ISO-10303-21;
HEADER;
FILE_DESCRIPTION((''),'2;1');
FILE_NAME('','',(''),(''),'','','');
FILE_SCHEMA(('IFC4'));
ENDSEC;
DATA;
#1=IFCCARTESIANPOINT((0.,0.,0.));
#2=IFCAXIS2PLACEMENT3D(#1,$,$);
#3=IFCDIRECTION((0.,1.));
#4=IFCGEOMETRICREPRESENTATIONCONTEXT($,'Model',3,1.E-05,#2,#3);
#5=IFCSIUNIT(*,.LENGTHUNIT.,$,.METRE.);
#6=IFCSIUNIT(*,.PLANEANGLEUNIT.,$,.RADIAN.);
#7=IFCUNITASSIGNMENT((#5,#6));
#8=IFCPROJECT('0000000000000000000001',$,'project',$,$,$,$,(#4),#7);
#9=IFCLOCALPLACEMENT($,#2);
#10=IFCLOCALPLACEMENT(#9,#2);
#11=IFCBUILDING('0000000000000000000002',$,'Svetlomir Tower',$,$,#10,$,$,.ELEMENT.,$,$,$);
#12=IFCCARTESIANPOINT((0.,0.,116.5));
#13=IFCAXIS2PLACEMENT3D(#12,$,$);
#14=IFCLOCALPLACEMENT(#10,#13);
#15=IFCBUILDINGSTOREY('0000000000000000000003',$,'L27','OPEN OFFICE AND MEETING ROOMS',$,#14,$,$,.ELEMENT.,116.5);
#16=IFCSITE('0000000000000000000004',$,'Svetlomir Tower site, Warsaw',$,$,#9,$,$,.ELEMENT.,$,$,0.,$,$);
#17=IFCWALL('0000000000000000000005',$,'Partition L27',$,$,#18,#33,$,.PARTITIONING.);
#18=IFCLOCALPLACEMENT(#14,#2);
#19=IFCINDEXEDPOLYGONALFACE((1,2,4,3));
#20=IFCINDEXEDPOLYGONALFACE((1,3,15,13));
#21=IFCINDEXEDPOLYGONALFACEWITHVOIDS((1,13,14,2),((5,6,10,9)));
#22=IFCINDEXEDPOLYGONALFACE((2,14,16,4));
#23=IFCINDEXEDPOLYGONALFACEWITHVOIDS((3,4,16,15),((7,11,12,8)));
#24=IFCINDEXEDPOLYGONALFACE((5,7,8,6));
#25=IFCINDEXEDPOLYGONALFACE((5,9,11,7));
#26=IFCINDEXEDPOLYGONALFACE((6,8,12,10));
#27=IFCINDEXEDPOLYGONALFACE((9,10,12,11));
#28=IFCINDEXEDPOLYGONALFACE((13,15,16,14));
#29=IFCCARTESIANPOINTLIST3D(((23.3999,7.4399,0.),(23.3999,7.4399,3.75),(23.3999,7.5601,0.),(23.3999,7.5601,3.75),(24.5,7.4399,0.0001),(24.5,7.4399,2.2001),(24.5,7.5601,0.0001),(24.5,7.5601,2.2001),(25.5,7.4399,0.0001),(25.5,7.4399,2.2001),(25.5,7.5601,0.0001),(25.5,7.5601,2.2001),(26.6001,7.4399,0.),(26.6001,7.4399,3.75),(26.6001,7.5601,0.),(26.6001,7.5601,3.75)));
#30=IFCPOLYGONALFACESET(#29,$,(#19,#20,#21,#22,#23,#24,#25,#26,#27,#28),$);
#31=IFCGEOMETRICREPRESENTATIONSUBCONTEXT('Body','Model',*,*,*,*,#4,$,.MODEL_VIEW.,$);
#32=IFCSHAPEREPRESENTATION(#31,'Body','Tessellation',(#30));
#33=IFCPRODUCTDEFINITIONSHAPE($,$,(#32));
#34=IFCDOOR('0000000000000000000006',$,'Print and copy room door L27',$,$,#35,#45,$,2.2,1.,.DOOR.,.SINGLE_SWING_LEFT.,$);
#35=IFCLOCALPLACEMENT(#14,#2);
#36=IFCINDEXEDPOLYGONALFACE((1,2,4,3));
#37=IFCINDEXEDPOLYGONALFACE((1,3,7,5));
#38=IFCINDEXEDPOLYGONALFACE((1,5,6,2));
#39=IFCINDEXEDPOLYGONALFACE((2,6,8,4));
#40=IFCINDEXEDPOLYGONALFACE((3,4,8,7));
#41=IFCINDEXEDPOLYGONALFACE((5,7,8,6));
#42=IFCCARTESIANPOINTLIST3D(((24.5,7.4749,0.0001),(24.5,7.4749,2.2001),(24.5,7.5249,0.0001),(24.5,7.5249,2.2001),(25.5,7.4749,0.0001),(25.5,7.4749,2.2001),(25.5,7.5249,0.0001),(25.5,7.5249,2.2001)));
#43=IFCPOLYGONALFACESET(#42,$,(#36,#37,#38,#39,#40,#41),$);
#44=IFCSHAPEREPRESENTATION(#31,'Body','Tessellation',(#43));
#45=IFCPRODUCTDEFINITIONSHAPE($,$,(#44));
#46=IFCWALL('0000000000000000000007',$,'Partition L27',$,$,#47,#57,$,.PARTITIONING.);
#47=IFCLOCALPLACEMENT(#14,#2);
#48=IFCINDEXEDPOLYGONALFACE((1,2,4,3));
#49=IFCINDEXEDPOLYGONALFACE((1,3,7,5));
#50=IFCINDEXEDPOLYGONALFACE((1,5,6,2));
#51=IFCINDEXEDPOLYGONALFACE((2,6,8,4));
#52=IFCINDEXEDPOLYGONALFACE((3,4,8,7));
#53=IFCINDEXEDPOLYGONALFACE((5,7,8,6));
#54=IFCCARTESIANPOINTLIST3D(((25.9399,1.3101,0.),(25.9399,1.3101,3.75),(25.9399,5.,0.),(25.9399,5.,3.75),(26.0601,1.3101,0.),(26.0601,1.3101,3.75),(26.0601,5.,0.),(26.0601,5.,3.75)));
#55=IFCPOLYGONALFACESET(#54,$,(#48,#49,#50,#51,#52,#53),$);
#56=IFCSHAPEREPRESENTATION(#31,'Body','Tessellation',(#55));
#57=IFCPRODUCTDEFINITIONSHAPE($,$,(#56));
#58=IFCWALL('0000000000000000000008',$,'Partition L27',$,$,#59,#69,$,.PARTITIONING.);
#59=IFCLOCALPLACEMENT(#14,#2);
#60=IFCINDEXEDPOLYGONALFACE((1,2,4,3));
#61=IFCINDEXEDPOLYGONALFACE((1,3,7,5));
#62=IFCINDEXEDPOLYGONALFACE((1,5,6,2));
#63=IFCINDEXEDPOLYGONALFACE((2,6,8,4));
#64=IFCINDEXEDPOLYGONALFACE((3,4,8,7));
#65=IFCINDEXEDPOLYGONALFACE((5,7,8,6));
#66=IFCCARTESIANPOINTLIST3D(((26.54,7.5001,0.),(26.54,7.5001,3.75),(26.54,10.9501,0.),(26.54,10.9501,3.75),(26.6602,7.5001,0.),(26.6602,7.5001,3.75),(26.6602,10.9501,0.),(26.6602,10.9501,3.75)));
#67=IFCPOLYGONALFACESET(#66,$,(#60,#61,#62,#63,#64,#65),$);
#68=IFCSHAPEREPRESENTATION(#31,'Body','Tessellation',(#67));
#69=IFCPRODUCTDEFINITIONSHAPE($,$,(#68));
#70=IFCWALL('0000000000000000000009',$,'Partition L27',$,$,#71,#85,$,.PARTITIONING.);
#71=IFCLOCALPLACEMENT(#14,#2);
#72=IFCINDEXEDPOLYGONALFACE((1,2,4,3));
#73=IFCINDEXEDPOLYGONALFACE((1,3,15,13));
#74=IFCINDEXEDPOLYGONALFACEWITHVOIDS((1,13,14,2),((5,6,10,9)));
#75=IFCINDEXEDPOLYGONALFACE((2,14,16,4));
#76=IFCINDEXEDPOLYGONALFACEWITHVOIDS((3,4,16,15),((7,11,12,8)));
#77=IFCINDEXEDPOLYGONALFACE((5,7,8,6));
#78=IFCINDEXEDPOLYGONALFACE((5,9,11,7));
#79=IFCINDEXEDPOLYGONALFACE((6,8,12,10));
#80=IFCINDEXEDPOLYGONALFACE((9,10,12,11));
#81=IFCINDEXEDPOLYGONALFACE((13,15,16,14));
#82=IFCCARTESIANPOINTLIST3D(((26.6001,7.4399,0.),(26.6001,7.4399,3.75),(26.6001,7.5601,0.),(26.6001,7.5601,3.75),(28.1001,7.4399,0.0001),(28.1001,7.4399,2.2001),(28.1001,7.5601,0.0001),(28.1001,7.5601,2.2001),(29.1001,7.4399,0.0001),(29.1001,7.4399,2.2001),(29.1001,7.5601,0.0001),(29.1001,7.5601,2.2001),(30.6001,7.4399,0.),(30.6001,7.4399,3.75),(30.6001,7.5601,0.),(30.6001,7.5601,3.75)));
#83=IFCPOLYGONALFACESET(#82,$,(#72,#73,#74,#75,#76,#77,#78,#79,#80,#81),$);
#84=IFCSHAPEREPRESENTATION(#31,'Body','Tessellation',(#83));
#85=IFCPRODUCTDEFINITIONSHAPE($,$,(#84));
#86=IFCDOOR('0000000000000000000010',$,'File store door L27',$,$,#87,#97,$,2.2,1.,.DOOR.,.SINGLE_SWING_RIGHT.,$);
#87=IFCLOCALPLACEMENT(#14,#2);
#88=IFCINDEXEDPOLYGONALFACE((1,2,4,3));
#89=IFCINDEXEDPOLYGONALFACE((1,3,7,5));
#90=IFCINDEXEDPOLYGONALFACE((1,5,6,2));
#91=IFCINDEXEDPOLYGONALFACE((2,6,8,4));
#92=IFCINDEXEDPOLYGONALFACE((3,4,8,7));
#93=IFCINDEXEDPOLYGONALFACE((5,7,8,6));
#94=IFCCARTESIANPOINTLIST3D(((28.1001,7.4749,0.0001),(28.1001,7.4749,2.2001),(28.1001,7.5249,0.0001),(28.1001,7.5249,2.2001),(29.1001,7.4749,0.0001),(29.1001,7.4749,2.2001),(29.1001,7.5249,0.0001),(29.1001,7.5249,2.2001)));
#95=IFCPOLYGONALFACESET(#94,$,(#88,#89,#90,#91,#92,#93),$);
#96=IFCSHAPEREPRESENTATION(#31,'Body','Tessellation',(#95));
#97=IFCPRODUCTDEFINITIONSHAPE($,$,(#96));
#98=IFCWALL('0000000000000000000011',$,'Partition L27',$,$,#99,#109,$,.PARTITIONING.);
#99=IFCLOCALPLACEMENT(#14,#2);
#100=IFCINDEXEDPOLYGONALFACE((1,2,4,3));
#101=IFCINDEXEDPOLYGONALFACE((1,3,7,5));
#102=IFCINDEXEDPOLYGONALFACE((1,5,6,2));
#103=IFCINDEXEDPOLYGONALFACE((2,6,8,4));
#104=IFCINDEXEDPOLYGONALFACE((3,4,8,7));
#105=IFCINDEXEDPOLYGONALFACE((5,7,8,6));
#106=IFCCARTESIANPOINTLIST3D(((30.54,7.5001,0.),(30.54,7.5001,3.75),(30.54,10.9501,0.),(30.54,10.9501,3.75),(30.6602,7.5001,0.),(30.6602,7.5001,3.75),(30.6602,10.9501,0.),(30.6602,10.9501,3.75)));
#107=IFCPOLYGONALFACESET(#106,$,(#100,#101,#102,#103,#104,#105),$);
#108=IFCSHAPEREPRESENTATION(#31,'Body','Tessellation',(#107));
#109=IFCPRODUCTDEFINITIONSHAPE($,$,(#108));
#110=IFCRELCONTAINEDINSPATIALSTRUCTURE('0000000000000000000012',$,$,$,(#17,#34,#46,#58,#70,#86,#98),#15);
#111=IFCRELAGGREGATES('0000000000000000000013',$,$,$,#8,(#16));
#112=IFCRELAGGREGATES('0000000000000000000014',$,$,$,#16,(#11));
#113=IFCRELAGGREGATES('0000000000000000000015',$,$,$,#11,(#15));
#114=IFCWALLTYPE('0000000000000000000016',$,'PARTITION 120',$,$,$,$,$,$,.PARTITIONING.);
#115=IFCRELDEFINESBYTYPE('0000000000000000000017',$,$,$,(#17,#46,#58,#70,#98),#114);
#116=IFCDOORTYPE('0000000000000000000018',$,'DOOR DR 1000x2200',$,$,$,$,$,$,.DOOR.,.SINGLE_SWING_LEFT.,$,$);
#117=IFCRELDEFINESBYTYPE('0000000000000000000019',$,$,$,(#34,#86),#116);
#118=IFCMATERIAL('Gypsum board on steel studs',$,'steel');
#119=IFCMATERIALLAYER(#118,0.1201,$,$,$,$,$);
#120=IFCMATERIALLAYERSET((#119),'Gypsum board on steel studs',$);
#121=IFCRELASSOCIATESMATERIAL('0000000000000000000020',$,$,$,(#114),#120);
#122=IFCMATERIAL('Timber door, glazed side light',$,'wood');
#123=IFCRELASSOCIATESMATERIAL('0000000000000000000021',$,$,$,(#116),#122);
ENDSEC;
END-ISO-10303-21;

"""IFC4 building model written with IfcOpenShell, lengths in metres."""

from ifc_helpers import new_model, si_unit, direction, frame, frame_2d, origin, place, context, subcontext, project, spatial, rectangle, extrude, material, layer, layer_set, type_object, element, fill, save


model = new_model("IFC4")

# Units and contexts
model_context = context("Model", 3, precision=1e-05, world=origin(), true_north=direction((0.0, 1.0)))
body_context = subcontext(model_context, "Body", "Model", "MODEL_VIEW")
ifc_project = project(units=[si_unit("LENGTHUNIT", "METRE"), si_unit("PLANEANGLEUNIT", "RADIAN")], contexts=[model_context])

# Site, building, storey
site_placement = place(None, origin())
site = spatial("IfcSite", under=ifc_project, at=site_placement, Name="Svetlomir Tower site, Warsaw", CompositionType="ELEMENT", RefElevation=0.0)
building_placement = place(site_placement, origin())
building = spatial("IfcBuilding", under=site, at=building_placement, Name="Svetlomir Tower", CompositionType="ELEMENT")
storey_placement = place(building_placement, frame((0.0, 0.0, 116.5)))
storey = spatial("IfcBuildingStorey", under=building, at=storey_placement, Name="L27", Description="OPEN OFFICE AND MEETING ROOMS", CompositionType="ELEMENT", Elevation=116.5)

# Shared definitions
ifc_material_1 = material(Name="Gypsum board on steel studs", Category="steel")
ifc_layer_1 = layer(ifc_material_1, 0.1201)
ifc_layer_set_1 = layer_set([ifc_layer_1], Name="Gypsum board on steel studs")
wall_type_1 = type_object("IfcWallType", Name="PARTITION 120", PredefinedType="PARTITIONING", material=ifc_layer_set_1)

# Shared definitions
ifc_material_2 = material(Name="Timber door, glazed side light", Category="wood")
door_type_1 = type_object("IfcDoorType", Name="DOOR DR 1000x2200", OperationType="SINGLE_SWING_LEFT", PredefinedType="DOOR", material=ifc_material_2)

# Wall, opening, door
wall_1_placement = place(storey_placement, frame((23.3999, 7.5, 0.0), z_axis=(0.0, 0.0, 1.0), x_axis=(1.0, 0.0, 0.0)))
wall_1 = element("IfcWall", 1, at=wall_1_placement, inside=storey, type_object=wall_type_1, Name="Partition L27", PredefinedType="PARTITIONING", context=body_context, shape_type="SweptSolid", body=[
    extrude(rectangle(XDim=3.2002, YDim=0.1201, at=frame_2d((1.6001, 0.0))), origin(), (0.0, 0.0, 1.0), 3.75),
])
opening_1_placement = place(wall_1_placement, frame((1.1001, 0.0, 0.0)))
opening_1 = element("IfcOpeningElement", 2, at=opening_1_placement, cuts=wall_1, PredefinedType="OPENING", context=body_context, shape_type="SweptSolid", body=[
    extrude(rectangle(XDim=1.0, YDim=2.2, at=frame_2d((0.5, 1.1001))), frame((0.0, 0.0701, 0.0), z_axis=(0.0, -1.0, 0.0), x_axis=(1.0, 0.0, 0.0)), (0.0, 0.0, 1.0), 0.1401),
])
door_1_placement = place(opening_1_placement, origin())
door_1 = element("IfcDoor", 3, at=door_1_placement, inside=storey, type_object=door_type_1, Name="Print and copy room door L27", OperationType="SINGLE_SWING_LEFT", OverallHeight=2.2, OverallWidth=1.0, PredefinedType="DOOR", context=body_context, shape_type="SweptSolid", body=[
    extrude(rectangle(XDim=1.0, YDim=2.2, at=frame_2d((0.5, 1.1001))), frame((0.0, 0.0249, 0.0), z_axis=(0.0, -1.0, 0.0), x_axis=(1.0, 0.0, 0.0)), (0.0, 0.0, 1.0), 0.05),
])
fill(opening_1, door_1)

# Walls
wall_2_placement = place(storey_placement, frame((26.0, 1.3101, 0.0), z_axis=(0.0, 0.0, 1.0), x_axis=(0.0, 1.0, 0.0)))
element("IfcWall", 4, at=wall_2_placement, inside=storey, type_object=wall_type_1, Name="Partition L27", PredefinedType="PARTITIONING", context=body_context, shape_type="SweptSolid", body=[
    extrude(rectangle(XDim=3.6899, YDim=0.1201, at=frame_2d((1.845, 0.0))), origin(), (0.0, 0.0, 1.0), 3.75),
])
wall_3_placement = place(storey_placement, frame((26.6001, 7.5, 0.0), z_axis=(0.0, 0.0, 1.0), x_axis=(0.0, 1.0, 0.0)))
element("IfcWall", 5, at=wall_3_placement, inside=storey, type_object=wall_type_1, Name="Partition L27", PredefinedType="PARTITIONING", context=body_context, shape_type="SweptSolid", body=[
    extrude(rectangle(XDim=3.45, YDim=0.1201, at=frame_2d((1.7251, 0.0))), origin(), (0.0, 0.0, 1.0), 3.75),
])

# Wall, opening, door
wall_4_placement = place(storey_placement, frame((26.6001, 7.5, 0.0), z_axis=(0.0, 0.0, 1.0), x_axis=(1.0, 0.0, 0.0)))
wall_4 = element("IfcWall", 6, at=wall_4_placement, inside=storey, type_object=wall_type_1, Name="Partition L27", PredefinedType="PARTITIONING", context=body_context, shape_type="SweptSolid", body=[
    extrude(rectangle(XDim=4.0, YDim=0.1201, at=frame_2d((2.0, 0.0))), origin(), (0.0, 0.0, 1.0), 3.75),
])
opening_2_placement = place(wall_4_placement, frame((1.5, 0.0, 0.0)))
opening_2 = element("IfcOpeningElement", 7, at=opening_2_placement, cuts=wall_4, PredefinedType="OPENING", context=body_context, shape_type="SweptSolid", body=[
    extrude(rectangle(XDim=1.0, YDim=2.2, at=frame_2d((0.5, 1.1001))), frame((0.0, 0.0701, 0.0), z_axis=(0.0, -1.0, 0.0), x_axis=(1.0, 0.0, 0.0)), (0.0, 0.0, 1.0), 0.1401),
])
door_2_placement = place(opening_2_placement, origin())
door_2 = element("IfcDoor", 8, at=door_2_placement, inside=storey, type_object=door_type_1, Name="File store door L27", OperationType="SINGLE_SWING_RIGHT", OverallHeight=2.2, OverallWidth=1.0, PredefinedType="DOOR", context=body_context, shape_type="SweptSolid", body=[
    extrude(rectangle(XDim=1.0, YDim=2.2, at=frame_2d((0.5, 1.1001))), frame((0.0, 0.0249, 0.0), z_axis=(0.0, -1.0, 0.0), x_axis=(1.0, 0.0, 0.0)), (0.0, 0.0, 1.0), 0.05),
])
fill(opening_2, door_2)

# Wall
wall_5_placement = place(storey_placement, frame((30.6001, 7.5, 0.0), z_axis=(0.0, 0.0, 1.0), x_axis=(0.0, 1.0, 0.0)))
element("IfcWall", 9, at=wall_5_placement, inside=storey, type_object=wall_type_1, Name="Partition L27", PredefinedType="PARTITIONING", context=body_context, shape_type="SweptSolid", body=[
    extrude(rectangle(XDim=3.45, YDim=0.1201, at=frame_2d((1.7251, 0.0))), origin(), (0.0, 0.0, 1.0), 3.75),
])

save(model, "model.ifc")
